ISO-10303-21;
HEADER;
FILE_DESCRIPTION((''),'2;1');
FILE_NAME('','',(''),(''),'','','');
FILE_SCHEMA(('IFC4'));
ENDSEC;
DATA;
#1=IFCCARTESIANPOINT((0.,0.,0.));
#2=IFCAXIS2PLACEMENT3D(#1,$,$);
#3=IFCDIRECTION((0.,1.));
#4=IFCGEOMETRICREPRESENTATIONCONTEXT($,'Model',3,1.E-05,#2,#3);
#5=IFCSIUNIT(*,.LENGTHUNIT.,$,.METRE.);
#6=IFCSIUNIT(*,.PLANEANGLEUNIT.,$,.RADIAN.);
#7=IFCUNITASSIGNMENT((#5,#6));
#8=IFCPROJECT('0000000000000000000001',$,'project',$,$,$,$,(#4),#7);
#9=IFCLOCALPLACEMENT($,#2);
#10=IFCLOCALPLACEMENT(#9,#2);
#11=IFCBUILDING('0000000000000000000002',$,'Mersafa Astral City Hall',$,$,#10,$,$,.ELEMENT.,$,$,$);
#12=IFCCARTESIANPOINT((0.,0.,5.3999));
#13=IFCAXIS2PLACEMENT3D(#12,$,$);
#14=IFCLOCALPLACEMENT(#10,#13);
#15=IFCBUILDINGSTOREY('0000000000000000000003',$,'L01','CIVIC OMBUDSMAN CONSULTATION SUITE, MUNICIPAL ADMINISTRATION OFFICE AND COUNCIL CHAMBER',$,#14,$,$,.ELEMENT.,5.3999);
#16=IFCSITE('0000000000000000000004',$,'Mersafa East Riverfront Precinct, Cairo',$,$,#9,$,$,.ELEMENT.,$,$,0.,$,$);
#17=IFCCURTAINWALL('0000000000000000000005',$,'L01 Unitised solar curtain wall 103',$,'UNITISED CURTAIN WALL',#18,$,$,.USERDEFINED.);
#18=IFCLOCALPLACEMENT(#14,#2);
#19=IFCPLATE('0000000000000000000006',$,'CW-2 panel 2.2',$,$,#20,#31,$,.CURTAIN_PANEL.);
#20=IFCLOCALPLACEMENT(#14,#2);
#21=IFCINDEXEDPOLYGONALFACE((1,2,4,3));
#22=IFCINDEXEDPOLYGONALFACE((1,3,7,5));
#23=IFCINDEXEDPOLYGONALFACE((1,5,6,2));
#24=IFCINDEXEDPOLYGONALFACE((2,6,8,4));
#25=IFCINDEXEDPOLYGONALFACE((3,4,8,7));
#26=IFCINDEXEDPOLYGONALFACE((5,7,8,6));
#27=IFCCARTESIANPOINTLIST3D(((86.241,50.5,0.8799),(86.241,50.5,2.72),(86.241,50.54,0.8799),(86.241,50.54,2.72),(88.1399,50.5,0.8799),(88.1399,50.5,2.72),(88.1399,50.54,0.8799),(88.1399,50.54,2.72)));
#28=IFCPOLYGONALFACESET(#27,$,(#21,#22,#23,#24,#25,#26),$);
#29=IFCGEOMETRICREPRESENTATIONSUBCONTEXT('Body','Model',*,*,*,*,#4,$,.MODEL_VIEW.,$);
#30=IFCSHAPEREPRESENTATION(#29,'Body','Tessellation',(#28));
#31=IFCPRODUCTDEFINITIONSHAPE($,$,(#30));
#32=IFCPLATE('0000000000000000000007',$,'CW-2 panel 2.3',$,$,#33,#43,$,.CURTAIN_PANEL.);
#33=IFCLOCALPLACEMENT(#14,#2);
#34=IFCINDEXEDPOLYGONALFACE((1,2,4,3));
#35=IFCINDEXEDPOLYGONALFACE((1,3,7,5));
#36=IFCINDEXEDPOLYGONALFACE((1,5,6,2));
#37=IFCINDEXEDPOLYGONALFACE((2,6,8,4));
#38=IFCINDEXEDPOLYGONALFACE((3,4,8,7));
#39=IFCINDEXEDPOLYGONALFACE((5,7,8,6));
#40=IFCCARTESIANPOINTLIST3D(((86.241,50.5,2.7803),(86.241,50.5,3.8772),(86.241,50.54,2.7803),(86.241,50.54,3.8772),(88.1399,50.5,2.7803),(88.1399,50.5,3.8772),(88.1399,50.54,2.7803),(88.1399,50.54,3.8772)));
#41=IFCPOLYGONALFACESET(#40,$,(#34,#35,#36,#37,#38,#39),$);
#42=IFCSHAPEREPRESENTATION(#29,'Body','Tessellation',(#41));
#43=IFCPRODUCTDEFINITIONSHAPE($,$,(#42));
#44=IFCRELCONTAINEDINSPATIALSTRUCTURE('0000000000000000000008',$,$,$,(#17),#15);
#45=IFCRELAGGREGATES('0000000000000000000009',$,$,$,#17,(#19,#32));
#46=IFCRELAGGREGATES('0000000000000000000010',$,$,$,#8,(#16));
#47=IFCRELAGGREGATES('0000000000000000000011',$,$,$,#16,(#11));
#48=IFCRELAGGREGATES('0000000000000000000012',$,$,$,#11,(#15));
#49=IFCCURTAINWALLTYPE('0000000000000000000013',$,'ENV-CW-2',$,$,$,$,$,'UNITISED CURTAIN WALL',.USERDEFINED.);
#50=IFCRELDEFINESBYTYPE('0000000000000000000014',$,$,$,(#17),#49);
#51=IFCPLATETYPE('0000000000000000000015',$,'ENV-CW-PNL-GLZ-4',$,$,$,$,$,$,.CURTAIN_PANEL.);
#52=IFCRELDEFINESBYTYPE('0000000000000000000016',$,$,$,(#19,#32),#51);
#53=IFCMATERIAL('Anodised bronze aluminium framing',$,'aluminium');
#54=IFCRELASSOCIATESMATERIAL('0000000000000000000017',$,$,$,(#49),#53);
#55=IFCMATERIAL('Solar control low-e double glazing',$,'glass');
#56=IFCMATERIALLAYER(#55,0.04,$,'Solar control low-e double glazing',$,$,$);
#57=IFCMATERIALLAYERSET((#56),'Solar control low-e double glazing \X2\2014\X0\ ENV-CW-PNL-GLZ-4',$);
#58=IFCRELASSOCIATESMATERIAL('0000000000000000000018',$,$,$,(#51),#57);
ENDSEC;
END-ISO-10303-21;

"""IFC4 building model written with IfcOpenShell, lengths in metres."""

from ifc_helpers import new_model, si_unit, direction, frame, origin, origin_2d, place, context, subcontext, project, spatial, rectangle, extrude, material, layer, layer_set, type_object, element, aggregate, save


model = new_model("IFC4")

# Units and contexts
model_context = context("Model", 3, precision=1e-05, world=origin(), true_north=direction((0.0, 1.0)))
body_context = subcontext(model_context, "Body", "Model", "MODEL_VIEW")
ifc_project = project(units=[si_unit("LENGTHUNIT", "METRE"), si_unit("PLANEANGLEUNIT", "RADIAN")], contexts=[model_context])

# Site, building, storey
site_placement = place(None, origin())
site = spatial("IfcSite", under=ifc_project, at=site_placement, Name="Mersafa East Riverfront Precinct, Cairo", CompositionType="ELEMENT", RefElevation=0.0)
building_placement = place(site_placement, origin())
building = spatial("IfcBuilding", under=site, at=building_placement, Name="Mersafa Astral City Hall", CompositionType="ELEMENT")
storey_placement = place(building_placement, frame((0.0, 0.0, 5.3999)))
storey = spatial("IfcBuildingStorey", under=building, at=storey_placement, Name="L01", Description="CIVIC OMBUDSMAN CONSULTATION SUITE, MUNICIPAL ADMINISTRATION OFFICE AND COUNCIL CHAMBER", CompositionType="ELEMENT", Elevation=5.3999)

# Shared definitions
ifc_material_1 = material(Name="Anodised bronze aluminium framing", Category="aluminium")

# Curtain wall
curtain_wall_type_1 = type_object("IfcCurtainWallType", Name="ENV-CW-2", ElementType="UNITISED CURTAIN WALL", PredefinedType="USERDEFINED", material=ifc_material_1)
curtain_wall_1_placement = place(storey_placement, origin())
curtain_wall_1 = element("IfcCurtainWall", 1, at=curtain_wall_1_placement, inside=storey, type_object=curtain_wall_type_1, Name="L01 Unitised solar curtain wall 103", ObjectType="UNITISED CURTAIN WALL", PredefinedType="USERDEFINED")

# Plates
ifc_material_2 = material(Name="Solar control low-e double glazing", Category="glass")
ifc_layer_1 = layer(ifc_material_2, 0.04, Name="Solar control low-e double glazing")
ifc_layer_set_1 = layer_set([ifc_layer_1], Name="Solar control low-e double glazing — ENV-CW-PNL-GLZ-4")
plate_type_1 = type_object("IfcPlateType", Name="ENV-CW-PNL-GLZ-4", PredefinedType="CURTAIN_PANEL", material=ifc_layer_set_1)
plate_1_placement = place(storey_placement, frame((87.1904, 50.52, 0.8799), z_axis=(0.0, 0.0, 1.0), x_axis=(1.0, 0.0, 0.0)))
plate_1 = element("IfcPlate", 2, at=plate_1_placement, type_object=plate_type_1, Name="CW-2 panel 2.2", PredefinedType="CURTAIN_PANEL", context=body_context, shape_type="SweptSolid", body=[
    extrude(rectangle(XDim=1.8989, YDim=0.04, at=origin_2d()), origin(), (0.0, 0.0, 1.0), 1.8401),
])
plate_2_placement = place(storey_placement, frame((87.1904, 50.52, 2.7803), z_axis=(0.0, 0.0, 1.0), x_axis=(1.0, 0.0, 0.0)))
plate_2 = element("IfcPlate", 3, at=plate_2_placement, type_object=plate_type_1, Name="CW-2 panel 2.3", PredefinedType="CURTAIN_PANEL", context=body_context, shape_type="SweptSolid", body=[
    extrude(rectangle(XDim=1.8989, YDim=0.04, at=origin_2d()), origin(), (0.0, 0.0, 1.0), 1.0969),
])
aggregate(curtain_wall_1, [plate_1, plate_2])

save(model, "model.ifc")
